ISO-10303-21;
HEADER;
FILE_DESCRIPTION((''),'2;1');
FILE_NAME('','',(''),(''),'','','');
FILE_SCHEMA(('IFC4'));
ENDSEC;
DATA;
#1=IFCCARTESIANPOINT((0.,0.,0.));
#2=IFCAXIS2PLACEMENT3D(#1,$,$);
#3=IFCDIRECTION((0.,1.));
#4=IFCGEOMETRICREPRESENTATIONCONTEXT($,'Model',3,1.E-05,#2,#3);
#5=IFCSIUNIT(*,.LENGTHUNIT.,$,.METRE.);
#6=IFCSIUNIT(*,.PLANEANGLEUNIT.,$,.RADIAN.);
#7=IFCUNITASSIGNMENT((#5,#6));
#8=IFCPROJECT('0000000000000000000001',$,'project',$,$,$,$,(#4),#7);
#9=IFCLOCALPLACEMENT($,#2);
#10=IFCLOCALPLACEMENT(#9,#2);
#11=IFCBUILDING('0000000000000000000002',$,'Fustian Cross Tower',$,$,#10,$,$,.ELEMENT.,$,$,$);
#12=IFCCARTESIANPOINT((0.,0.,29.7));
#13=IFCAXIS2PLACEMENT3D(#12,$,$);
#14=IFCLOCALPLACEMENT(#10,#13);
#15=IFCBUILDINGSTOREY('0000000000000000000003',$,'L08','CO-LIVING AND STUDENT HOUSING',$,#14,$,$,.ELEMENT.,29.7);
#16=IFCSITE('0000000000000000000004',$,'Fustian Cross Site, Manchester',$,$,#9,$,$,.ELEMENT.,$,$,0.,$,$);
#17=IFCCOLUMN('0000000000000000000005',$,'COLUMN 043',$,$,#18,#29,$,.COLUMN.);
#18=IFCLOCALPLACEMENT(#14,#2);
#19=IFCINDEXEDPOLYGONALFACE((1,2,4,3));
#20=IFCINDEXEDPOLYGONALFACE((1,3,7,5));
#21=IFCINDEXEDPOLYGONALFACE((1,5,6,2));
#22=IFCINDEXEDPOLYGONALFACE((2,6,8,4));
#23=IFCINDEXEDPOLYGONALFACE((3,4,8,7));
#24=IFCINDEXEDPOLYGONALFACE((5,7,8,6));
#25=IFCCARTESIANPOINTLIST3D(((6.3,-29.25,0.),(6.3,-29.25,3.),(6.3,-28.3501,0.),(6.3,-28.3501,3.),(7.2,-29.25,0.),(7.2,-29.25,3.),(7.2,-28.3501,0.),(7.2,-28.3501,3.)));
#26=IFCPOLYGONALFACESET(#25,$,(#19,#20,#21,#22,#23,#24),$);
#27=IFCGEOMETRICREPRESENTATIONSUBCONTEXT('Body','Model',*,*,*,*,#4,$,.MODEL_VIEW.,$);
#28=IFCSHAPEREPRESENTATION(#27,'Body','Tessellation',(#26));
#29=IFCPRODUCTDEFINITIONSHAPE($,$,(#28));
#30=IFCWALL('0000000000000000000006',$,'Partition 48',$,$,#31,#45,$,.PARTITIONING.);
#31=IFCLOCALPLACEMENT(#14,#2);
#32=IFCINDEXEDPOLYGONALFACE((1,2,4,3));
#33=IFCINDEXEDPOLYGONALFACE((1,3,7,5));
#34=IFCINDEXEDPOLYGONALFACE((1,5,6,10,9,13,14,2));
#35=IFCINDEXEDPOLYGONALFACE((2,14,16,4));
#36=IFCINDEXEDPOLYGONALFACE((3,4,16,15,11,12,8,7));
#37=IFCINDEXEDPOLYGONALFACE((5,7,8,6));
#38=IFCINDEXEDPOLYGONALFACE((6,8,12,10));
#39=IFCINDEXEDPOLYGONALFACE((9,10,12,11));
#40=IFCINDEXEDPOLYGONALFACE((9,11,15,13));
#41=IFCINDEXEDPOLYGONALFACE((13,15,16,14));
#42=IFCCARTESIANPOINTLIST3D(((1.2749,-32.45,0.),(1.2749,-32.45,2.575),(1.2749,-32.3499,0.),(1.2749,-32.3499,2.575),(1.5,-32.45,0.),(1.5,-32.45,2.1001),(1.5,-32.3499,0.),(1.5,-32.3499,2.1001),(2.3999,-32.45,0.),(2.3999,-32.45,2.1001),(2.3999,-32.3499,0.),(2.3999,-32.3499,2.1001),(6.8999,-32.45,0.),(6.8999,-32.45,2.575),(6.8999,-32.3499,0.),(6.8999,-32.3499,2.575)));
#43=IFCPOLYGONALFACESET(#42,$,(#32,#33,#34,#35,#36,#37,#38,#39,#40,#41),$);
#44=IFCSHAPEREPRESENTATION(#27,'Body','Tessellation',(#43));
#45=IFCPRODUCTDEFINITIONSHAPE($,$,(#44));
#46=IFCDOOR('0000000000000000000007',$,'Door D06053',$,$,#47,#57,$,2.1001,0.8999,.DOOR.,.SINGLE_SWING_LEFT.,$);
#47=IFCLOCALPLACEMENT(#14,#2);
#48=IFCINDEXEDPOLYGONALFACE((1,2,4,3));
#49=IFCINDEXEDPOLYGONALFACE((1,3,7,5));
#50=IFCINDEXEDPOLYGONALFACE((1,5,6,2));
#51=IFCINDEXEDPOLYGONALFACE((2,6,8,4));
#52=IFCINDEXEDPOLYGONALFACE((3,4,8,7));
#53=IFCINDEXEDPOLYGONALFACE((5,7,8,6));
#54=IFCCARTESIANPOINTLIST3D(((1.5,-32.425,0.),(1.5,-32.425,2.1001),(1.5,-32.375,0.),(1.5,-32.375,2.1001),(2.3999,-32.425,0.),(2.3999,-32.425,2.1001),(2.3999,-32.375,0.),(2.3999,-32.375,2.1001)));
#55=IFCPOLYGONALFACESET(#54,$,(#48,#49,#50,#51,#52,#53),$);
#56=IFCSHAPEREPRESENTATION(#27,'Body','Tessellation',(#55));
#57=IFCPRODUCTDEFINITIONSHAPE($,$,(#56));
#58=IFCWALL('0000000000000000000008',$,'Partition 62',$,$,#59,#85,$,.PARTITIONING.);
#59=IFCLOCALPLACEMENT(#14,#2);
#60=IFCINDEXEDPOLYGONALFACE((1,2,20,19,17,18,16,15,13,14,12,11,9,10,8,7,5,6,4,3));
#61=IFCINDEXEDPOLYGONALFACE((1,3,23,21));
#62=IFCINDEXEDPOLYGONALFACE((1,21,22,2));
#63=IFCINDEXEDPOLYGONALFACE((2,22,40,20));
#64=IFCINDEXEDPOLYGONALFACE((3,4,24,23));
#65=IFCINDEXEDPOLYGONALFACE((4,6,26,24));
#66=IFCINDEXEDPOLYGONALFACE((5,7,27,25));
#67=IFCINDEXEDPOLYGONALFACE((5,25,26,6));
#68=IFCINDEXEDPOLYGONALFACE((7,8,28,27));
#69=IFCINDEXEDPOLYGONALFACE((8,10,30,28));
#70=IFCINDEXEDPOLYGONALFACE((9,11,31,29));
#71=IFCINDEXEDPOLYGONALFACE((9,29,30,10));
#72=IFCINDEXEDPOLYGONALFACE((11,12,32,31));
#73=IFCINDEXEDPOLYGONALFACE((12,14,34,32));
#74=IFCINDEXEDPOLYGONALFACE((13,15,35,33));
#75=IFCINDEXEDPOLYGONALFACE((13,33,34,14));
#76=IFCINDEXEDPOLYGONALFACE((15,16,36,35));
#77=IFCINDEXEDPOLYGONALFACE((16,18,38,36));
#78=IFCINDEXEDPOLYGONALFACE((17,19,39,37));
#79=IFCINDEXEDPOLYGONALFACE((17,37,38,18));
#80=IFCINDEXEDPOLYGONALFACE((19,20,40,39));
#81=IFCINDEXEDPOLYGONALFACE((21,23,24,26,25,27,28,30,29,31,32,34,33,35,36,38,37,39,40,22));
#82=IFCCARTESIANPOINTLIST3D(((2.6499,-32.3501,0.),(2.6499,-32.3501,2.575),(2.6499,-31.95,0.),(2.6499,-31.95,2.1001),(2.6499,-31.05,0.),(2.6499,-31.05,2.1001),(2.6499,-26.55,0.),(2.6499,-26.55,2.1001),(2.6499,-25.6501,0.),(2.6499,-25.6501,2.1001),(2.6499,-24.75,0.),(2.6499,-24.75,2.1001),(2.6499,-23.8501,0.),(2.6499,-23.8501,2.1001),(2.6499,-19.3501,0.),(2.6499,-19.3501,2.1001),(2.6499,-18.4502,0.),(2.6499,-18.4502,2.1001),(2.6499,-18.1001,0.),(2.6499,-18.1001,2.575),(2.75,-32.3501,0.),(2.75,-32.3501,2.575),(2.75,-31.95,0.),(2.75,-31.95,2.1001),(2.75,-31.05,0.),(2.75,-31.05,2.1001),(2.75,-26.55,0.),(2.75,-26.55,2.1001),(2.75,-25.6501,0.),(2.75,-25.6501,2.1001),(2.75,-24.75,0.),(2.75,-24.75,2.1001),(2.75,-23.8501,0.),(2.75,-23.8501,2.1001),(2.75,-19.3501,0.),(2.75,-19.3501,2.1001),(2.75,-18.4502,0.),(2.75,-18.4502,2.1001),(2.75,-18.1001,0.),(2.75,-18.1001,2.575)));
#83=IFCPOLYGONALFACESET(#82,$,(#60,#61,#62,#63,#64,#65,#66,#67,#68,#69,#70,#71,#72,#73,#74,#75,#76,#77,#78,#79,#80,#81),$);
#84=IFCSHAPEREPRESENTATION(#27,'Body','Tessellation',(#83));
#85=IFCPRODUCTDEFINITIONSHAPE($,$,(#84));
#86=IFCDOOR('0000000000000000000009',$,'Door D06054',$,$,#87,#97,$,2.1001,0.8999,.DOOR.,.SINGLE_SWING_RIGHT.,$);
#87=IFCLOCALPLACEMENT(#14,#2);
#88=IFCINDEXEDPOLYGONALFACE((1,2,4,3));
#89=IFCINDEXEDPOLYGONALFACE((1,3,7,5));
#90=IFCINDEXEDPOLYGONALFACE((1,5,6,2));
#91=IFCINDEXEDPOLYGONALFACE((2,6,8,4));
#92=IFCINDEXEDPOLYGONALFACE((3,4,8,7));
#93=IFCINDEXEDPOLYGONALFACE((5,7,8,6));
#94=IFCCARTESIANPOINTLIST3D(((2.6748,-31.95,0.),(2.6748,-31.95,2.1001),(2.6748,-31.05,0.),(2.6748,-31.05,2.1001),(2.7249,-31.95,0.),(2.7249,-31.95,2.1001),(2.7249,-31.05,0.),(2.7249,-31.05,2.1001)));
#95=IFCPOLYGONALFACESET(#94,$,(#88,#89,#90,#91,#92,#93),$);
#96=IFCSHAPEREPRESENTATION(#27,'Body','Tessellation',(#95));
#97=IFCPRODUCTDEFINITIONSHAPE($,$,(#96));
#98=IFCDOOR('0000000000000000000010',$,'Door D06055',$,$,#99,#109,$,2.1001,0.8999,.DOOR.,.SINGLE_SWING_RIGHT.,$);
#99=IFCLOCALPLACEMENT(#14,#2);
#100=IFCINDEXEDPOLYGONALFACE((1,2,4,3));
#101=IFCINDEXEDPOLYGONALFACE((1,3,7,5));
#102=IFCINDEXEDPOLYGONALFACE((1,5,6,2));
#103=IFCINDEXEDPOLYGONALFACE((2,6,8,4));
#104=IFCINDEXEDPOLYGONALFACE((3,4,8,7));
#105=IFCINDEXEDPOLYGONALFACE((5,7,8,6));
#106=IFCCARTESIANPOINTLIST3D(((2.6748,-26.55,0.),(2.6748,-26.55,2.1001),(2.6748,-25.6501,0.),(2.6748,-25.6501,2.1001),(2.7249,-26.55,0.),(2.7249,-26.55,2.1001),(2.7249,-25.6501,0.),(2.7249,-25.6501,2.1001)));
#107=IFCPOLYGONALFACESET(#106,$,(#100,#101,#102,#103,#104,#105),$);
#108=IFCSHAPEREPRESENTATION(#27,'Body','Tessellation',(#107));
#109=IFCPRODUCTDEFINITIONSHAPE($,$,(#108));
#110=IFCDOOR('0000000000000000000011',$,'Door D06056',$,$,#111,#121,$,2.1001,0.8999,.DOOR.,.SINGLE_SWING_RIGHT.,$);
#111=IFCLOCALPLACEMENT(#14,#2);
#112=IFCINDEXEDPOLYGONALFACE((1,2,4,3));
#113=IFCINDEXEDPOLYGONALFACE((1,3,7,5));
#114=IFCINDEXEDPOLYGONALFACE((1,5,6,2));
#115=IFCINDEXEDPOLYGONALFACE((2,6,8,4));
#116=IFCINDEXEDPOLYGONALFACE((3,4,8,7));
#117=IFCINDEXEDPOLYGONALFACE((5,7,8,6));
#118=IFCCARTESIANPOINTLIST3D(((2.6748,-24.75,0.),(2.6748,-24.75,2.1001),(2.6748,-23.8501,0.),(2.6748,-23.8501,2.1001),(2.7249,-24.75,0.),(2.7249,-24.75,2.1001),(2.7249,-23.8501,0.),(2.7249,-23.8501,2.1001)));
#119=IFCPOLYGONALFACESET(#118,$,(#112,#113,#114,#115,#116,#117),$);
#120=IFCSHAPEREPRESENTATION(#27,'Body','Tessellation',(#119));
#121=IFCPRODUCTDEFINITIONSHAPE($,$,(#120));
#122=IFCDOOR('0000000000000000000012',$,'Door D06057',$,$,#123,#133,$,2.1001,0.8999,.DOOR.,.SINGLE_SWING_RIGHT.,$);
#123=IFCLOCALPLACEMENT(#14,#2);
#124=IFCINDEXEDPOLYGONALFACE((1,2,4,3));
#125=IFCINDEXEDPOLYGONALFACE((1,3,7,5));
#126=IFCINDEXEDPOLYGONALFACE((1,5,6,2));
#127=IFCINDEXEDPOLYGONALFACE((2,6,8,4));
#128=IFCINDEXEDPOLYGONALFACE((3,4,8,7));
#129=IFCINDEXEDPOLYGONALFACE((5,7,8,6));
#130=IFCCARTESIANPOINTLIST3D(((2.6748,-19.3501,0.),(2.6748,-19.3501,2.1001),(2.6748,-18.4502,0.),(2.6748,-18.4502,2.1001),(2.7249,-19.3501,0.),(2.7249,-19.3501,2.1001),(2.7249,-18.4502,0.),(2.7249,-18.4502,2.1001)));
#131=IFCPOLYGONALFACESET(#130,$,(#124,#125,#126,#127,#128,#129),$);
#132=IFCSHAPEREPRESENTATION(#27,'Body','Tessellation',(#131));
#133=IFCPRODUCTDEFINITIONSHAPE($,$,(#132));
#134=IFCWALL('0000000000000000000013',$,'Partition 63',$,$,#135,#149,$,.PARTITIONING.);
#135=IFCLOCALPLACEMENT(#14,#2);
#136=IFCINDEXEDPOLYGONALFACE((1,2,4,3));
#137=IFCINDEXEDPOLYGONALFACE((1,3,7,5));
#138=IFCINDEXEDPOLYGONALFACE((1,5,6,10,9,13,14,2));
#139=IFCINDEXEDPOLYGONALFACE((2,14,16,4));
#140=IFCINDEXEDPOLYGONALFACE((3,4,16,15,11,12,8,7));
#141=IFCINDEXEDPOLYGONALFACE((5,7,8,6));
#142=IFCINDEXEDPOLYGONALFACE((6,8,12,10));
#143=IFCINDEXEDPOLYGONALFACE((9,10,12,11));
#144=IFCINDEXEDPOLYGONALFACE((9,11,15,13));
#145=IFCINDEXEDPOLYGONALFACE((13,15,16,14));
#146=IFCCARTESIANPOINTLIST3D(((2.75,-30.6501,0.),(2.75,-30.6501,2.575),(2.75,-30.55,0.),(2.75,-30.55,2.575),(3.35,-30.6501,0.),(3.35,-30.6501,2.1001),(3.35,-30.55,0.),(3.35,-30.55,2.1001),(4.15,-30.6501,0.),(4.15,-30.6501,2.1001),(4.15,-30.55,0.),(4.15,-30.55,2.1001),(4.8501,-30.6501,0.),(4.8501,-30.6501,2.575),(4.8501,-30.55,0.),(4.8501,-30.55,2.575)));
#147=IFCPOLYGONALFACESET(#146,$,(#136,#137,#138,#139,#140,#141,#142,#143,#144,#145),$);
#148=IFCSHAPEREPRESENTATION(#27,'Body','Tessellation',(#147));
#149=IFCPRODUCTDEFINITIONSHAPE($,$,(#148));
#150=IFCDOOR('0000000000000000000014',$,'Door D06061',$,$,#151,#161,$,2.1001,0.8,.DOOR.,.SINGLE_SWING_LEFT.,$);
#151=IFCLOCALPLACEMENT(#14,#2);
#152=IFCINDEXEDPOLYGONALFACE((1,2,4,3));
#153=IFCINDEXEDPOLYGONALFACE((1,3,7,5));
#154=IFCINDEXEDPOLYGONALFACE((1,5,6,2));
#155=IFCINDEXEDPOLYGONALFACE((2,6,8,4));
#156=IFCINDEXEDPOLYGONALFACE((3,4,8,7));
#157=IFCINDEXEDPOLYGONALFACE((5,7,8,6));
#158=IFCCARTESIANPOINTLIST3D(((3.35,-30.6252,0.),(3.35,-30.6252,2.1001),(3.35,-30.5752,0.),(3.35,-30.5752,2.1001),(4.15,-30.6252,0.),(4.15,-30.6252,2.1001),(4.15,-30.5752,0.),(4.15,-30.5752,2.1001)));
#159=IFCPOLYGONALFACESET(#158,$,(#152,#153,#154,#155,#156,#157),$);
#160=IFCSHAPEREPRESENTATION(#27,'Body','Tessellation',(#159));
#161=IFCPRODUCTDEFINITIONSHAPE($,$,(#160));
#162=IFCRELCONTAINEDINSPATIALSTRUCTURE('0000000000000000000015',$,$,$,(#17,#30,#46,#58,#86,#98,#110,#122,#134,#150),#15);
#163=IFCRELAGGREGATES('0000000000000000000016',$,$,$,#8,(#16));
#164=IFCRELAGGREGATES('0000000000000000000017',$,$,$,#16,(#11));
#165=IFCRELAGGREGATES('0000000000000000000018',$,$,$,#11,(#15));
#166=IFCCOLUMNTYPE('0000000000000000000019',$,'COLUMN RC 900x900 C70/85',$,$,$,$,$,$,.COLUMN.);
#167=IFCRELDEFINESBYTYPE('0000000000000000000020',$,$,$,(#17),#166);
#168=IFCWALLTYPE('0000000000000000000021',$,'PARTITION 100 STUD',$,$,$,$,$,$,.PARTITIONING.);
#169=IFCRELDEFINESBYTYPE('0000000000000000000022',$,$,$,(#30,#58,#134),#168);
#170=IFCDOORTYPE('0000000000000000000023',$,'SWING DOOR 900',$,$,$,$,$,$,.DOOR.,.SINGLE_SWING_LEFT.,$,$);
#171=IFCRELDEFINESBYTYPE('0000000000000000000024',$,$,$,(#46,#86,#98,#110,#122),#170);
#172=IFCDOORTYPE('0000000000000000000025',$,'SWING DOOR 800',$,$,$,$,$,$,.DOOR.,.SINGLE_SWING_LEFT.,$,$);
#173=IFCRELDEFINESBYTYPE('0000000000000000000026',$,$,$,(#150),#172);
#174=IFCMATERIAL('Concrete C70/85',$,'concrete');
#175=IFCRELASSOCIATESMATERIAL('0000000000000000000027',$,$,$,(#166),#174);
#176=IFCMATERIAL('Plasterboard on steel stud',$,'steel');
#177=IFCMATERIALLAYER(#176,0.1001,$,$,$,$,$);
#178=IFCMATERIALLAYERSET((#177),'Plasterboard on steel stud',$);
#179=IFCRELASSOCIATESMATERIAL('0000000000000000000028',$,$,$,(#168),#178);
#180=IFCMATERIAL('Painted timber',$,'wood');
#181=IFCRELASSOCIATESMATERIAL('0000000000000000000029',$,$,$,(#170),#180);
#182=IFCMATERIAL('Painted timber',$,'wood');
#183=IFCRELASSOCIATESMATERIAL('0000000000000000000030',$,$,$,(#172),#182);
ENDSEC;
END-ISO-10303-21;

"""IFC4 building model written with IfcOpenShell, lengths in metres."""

from ifc_helpers import new_model, si_unit, direction, frame, frame_2d, origin, origin_2d, place, context, subcontext, project, spatial, rectangle, extrude, material, layer, layer_set, material_profile, profile_set, type_object, element, fill, save


model = new_model("IFC4")

# Units and contexts
model_context = context("Model", 3, precision=1e-05, world=origin(), true_north=direction((0.0, 1.0)))
body_context = subcontext(model_context, "Body", "Model", "MODEL_VIEW")
ifc_project = project(units=[si_unit("LENGTHUNIT", "METRE"), si_unit("PLANEANGLEUNIT", "RADIAN")], contexts=[model_context])

# Site, building, storey
site_placement = place(None, origin())
site = spatial("IfcSite", under=ifc_project, at=site_placement, Name="Fustian Cross Site, Manchester", CompositionType="ELEMENT", RefElevation=0.0)
building_placement = place(site_placement, origin())
building = spatial("IfcBuilding", under=site, at=building_placement, Name="Fustian Cross Tower", CompositionType="ELEMENT")
storey_placement = place(building_placement, frame((0.0, 0.0, 29.7)))
storey = spatial("IfcBuildingStorey", under=building, at=storey_placement, Name="L08", Description="CO-LIVING AND STUDENT HOUSING", CompositionType="ELEMENT", Elevation=29.7)

# Column
ifc_material_1 = material(Name="Concrete C70/85", Category="concrete")
ifc_material_profile = material_profile(ifc_material_1, rectangle(XDim=0.8999, YDim=0.8999, at=origin_2d()), Name="RC 900x900")
ifc_profile_set = profile_set([ifc_material_profile], Name="Concrete C70/85")
column_type = type_object("IfcColumnType", Name="COLUMN RC 900x900 C70/85", PredefinedType="COLUMN", material=ifc_profile_set)
column_placement = place(storey_placement, frame((6.75, -28.8, 0.0), z_axis=(0.0, 0.0, 1.0), x_axis=(1.0, 0.0, 0.0)))
element("IfcColumn", 1, at=column_placement, inside=storey, type_object=column_type, Name="COLUMN 043", PredefinedType="COLUMN", context=body_context, shape_type="SweptSolid", body=[
    extrude(rectangle(XDim=0.8999, YDim=0.8999, at=origin_2d()), origin(), (0.0, 0.0, 1.0), 3.0),
])

# Wall, opening, door
ifc_material_2 = material(Name="Plasterboard on steel stud", Category="steel")
ifc_layer = layer(ifc_material_2, 0.1001)
ifc_layer_set = layer_set([ifc_layer], Name="Plasterboard on steel stud")
wall_type = type_object("IfcWallType", Name="PARTITION 100 STUD", PredefinedType="PARTITIONING", material=ifc_layer_set)
wall_1_placement = place(storey_placement, frame((1.2749, -32.3999, 0.0), z_axis=(0.0, 0.0, 1.0), x_axis=(1.0, 0.0, 0.0)))
wall_1 = element("IfcWall", 2, at=wall_1_placement, inside=storey, type_object=wall_type, Name="Partition 48", PredefinedType="PARTITIONING", context=body_context, shape_type="SweptSolid", body=[
    extrude(rectangle(XDim=5.625, YDim=0.1001, at=frame_2d((2.8125, 0.0))), origin(), (0.0, 0.0, 1.0), 2.575),
])
opening_1_placement = place(wall_1_placement, frame((0.2251, 0.0, 0.0)))
opening_1 = element("IfcOpeningElement", 3, at=opening_1_placement, cuts=wall_1, PredefinedType="OPENING", context=body_context, shape_type="SweptSolid", body=[
    extrude(rectangle(XDim=0.8999, YDim=2.1001, at=frame_2d((0.45, 1.05))), frame((0.0, 0.0601, 0.0), z_axis=(0.0, -1.0, 0.0), x_axis=(1.0, 0.0, 0.0)), (0.0, 0.0, 1.0), 0.1201),
])
ifc_material_3 = material(Name="Painted timber", Category="wood")
door_type_1 = type_object("IfcDoorType", Name="SWING DOOR 900", OperationType="SINGLE_SWING_LEFT", PredefinedType="DOOR", material=ifc_material_3)
door_1_placement = place(opening_1_placement, origin())
door_1 = element("IfcDoor", 4, at=door_1_placement, inside=storey, type_object=door_type_1, Name="Door D06053", OperationType="SINGLE_SWING_LEFT", OverallHeight=2.1001, OverallWidth=0.8999, PredefinedType="DOOR", context=body_context, shape_type="SweptSolid", body=[
    extrude(rectangle(XDim=0.8999, YDim=2.1001, at=frame_2d((0.45, 1.05))), frame((0.0, 0.0249, 0.0), z_axis=(0.0, -1.0, 0.0), x_axis=(1.0, 0.0, 0.0)), (0.0, 0.0, 1.0), 0.05),
])
fill(opening_1, door_1)

# Wall, openings, doors
wall_2_placement = place(storey_placement, frame((2.7, -32.3501, 0.0), z_axis=(0.0, 0.0, 1.0), x_axis=(0.0, 1.0, 0.0)))
wall_2 = element("IfcWall", 5, at=wall_2_placement, inside=storey, type_object=wall_type, Name="Partition 62", PredefinedType="PARTITIONING", context=body_context, shape_type="SweptSolid", body=[
    extrude(rectangle(XDim=14.25, YDim=0.1001, at=frame_2d((7.125, 0.0))), origin(), (0.0, 0.0, 1.0), 2.575),
])
opening_2_placement = place(wall_2_placement, frame((0.4001, 0.0, 0.0)))
opening_2 = element("IfcOpeningElement", 6, at=opening_2_placement, cuts=wall_2, PredefinedType="OPENING", context=body_context, shape_type="SweptSolid", body=[
    extrude(rectangle(XDim=0.8999, YDim=2.1001, at=frame_2d((0.45, 1.05))), frame((0.0, 0.0601, 0.0), z_axis=(0.0, -1.0, 0.0), x_axis=(1.0, 0.0, 0.0)), (0.0, 0.0, 1.0), 0.1201),
])
opening_3_placement = place(wall_2_placement, frame((5.8, 0.0, 0.0)))
opening_3 = element("IfcOpeningElement", 7, at=opening_3_placement, cuts=wall_2, PredefinedType="OPENING", context=body_context, shape_type="SweptSolid", body=[
    extrude(rectangle(XDim=0.8999, YDim=2.1001, at=frame_2d((0.45, 1.05))), frame((0.0, 0.0601, 0.0), z_axis=(0.0, -1.0, 0.0), x_axis=(1.0, 0.0, 0.0)), (0.0, 0.0, 1.0), 0.1201),
])
opening_4_placement = place(wall_2_placement, frame((7.6001, 0.0, 0.0)))
opening_4 = element("IfcOpeningElement", 8, at=opening_4_placement, cuts=wall_2, PredefinedType="OPENING", context=body_context, shape_type="SweptSolid", body=[
    extrude(rectangle(XDim=0.8999, YDim=2.1001, at=frame_2d((0.45, 1.05))), frame((0.0, 0.0601, 0.0), z_axis=(0.0, -1.0, 0.0), x_axis=(1.0, 0.0, 0.0)), (0.0, 0.0, 1.0), 0.1201),
])
opening_5_placement = place(wall_2_placement, frame((13.0, 0.0, 0.0)))
opening_5 = element("IfcOpeningElement", 9, at=opening_5_placement, cuts=wall_2, PredefinedType="OPENING", context=body_context, shape_type="SweptSolid", body=[
    extrude(rectangle(XDim=0.8999, YDim=2.1001, at=frame_2d((0.45, 1.05))), frame((0.0, 0.0601, 0.0), z_axis=(0.0, -1.0, 0.0), x_axis=(1.0, 0.0, 0.0)), (0.0, 0.0, 1.0), 0.1201),
])
door_2_placement = place(opening_2_placement, frame((0.8999, 0.0, 0.0), z_axis=(0.0, 0.0, 1.0), x_axis=(-1.0, 0.0, 0.0)))
door_2 = element("IfcDoor", 10, at=door_2_placement, inside=storey, type_object=door_type_1, Name="Door D06054", OperationType="SINGLE_SWING_RIGHT", OverallHeight=2.1001, OverallWidth=0.8999, PredefinedType="DOOR", context=body_context, shape_type="SweptSolid", body=[
    extrude(rectangle(XDim=0.8999, YDim=2.1001, at=frame_2d((0.45, 1.05))), frame((0.0, 0.0249, 0.0), z_axis=(0.0, -1.0, 0.0), x_axis=(1.0, 0.0, 0.0)), (0.0, 0.0, 1.0), 0.05),
])
fill(opening_2, door_2)
door_3_placement = place(opening_3_placement, frame((0.8999, 0.0, 0.0), z_axis=(0.0, 0.0, 1.0), x_axis=(-1.0, 0.0, 0.0)))
door_3 = element("IfcDoor", 11, at=door_3_placement, inside=storey, type_object=door_type_1, Name="Door D06055", OperationType="SINGLE_SWING_RIGHT", OverallHeight=2.1001, OverallWidth=0.8999, PredefinedType="DOOR", context=body_context, shape_type="SweptSolid", body=[
    extrude(rectangle(XDim=0.8999, YDim=2.1001, at=frame_2d((0.45, 1.05))), frame((0.0, 0.0249, 0.0), z_axis=(0.0, -1.0, 0.0), x_axis=(1.0, 0.0, 0.0)), (0.0, 0.0, 1.0), 0.05),
])
fill(opening_3, door_3)
door_4_placement = place(opening_4_placement, frame((0.8999, 0.0, 0.0), z_axis=(0.0, 0.0, 1.0), x_axis=(-1.0, 0.0, 0.0)))
door_4 = element("IfcDoor", 12, at=door_4_placement, inside=storey, type_object=door_type_1, Name="Door D06056", OperationType="SINGLE_SWING_RIGHT", OverallHeight=2.1001, OverallWidth=0.8999, PredefinedType="DOOR", context=body_context, shape_type="SweptSolid", body=[
    extrude(rectangle(XDim=0.8999, YDim=2.1001, at=frame_2d((0.45, 1.05))), frame((0.0, 0.0249, 0.0), z_axis=(0.0, -1.0, 0.0), x_axis=(1.0, 0.0, 0.0)), (0.0, 0.0, 1.0), 0.05),
])
fill(opening_4, door_4)
door_5_placement = place(opening_5_placement, frame((0.8999, 0.0, 0.0), z_axis=(0.0, 0.0, 1.0), x_axis=(-1.0, 0.0, 0.0)))
door_5 = element("IfcDoor", 13, at=door_5_placement, inside=storey, type_object=door_type_1, Name="Door D06057", OperationType="SINGLE_SWING_RIGHT", OverallHeight=2.1001, OverallWidth=0.8999, PredefinedType="DOOR", context=body_context, shape_type="SweptSolid", body=[
    extrude(rectangle(XDim=0.8999, YDim=2.1001, at=frame_2d((0.45, 1.05))), frame((0.0, 0.0249, 0.0), z_axis=(0.0, -1.0, 0.0), x_axis=(1.0, 0.0, 0.0)), (0.0, 0.0, 1.0), 0.05),
])
fill(opening_5, door_5)

# Wall, opening, door
wall_3_placement = place(storey_placement, frame((2.75, -30.6001, 0.0), z_axis=(0.0, 0.0, 1.0), x_axis=(1.0, 0.0, 0.0)))
wall_3 = element("IfcWall", 14, at=wall_3_placement, inside=storey, type_object=wall_type, Name="Partition 63", PredefinedType="PARTITIONING", context=body_context, shape_type="SweptSolid", body=[
    extrude(rectangle(XDim=2.1001, YDim=0.1001, at=frame_2d((1.05, 0.0))), origin(), (0.0, 0.0, 1.0), 2.575),
])
opening_6_placement = place(wall_3_placement, frame((0.6001, 0.0, 0.0)))
opening_6 = element("IfcOpeningElement", 15, at=opening_6_placement, cuts=wall_3, PredefinedType="OPENING", context=body_context, shape_type="SweptSolid", body=[
    extrude(rectangle(XDim=0.8, YDim=2.1001, at=frame_2d((0.3999, 1.05))), frame((0.0, 0.0601, 0.0), z_axis=(0.0, -1.0, 0.0), x_axis=(1.0, 0.0, 0.0)), (0.0, 0.0, 1.0), 0.1201),
])
ifc_material_4 = material(Name="Painted timber", Category="wood")
door_type_2 = type_object("IfcDoorType", Name="SWING DOOR 800", OperationType="SINGLE_SWING_LEFT", PredefinedType="DOOR", material=ifc_material_4)
door_6_placement = place(opening_6_placement, origin())
door_6 = element("IfcDoor", 16, at=door_6_placement, inside=storey, type_object=door_type_2, Name="Door D06061", OperationType="SINGLE_SWING_LEFT", OverallHeight=2.1001, OverallWidth=0.8, PredefinedType="DOOR", context=body_context, shape_type="SweptSolid", body=[
    extrude(rectangle(XDim=0.8, YDim=2.1001, at=frame_2d((0.3999, 1.05))), frame((0.0, 0.0249, 0.0), z_axis=(0.0, -1.0, 0.0), x_axis=(1.0, 0.0, 0.0)), (0.0, 0.0, 1.0), 0.05),
])
fill(opening_6, door_6)

save(model, "model.ifc")
